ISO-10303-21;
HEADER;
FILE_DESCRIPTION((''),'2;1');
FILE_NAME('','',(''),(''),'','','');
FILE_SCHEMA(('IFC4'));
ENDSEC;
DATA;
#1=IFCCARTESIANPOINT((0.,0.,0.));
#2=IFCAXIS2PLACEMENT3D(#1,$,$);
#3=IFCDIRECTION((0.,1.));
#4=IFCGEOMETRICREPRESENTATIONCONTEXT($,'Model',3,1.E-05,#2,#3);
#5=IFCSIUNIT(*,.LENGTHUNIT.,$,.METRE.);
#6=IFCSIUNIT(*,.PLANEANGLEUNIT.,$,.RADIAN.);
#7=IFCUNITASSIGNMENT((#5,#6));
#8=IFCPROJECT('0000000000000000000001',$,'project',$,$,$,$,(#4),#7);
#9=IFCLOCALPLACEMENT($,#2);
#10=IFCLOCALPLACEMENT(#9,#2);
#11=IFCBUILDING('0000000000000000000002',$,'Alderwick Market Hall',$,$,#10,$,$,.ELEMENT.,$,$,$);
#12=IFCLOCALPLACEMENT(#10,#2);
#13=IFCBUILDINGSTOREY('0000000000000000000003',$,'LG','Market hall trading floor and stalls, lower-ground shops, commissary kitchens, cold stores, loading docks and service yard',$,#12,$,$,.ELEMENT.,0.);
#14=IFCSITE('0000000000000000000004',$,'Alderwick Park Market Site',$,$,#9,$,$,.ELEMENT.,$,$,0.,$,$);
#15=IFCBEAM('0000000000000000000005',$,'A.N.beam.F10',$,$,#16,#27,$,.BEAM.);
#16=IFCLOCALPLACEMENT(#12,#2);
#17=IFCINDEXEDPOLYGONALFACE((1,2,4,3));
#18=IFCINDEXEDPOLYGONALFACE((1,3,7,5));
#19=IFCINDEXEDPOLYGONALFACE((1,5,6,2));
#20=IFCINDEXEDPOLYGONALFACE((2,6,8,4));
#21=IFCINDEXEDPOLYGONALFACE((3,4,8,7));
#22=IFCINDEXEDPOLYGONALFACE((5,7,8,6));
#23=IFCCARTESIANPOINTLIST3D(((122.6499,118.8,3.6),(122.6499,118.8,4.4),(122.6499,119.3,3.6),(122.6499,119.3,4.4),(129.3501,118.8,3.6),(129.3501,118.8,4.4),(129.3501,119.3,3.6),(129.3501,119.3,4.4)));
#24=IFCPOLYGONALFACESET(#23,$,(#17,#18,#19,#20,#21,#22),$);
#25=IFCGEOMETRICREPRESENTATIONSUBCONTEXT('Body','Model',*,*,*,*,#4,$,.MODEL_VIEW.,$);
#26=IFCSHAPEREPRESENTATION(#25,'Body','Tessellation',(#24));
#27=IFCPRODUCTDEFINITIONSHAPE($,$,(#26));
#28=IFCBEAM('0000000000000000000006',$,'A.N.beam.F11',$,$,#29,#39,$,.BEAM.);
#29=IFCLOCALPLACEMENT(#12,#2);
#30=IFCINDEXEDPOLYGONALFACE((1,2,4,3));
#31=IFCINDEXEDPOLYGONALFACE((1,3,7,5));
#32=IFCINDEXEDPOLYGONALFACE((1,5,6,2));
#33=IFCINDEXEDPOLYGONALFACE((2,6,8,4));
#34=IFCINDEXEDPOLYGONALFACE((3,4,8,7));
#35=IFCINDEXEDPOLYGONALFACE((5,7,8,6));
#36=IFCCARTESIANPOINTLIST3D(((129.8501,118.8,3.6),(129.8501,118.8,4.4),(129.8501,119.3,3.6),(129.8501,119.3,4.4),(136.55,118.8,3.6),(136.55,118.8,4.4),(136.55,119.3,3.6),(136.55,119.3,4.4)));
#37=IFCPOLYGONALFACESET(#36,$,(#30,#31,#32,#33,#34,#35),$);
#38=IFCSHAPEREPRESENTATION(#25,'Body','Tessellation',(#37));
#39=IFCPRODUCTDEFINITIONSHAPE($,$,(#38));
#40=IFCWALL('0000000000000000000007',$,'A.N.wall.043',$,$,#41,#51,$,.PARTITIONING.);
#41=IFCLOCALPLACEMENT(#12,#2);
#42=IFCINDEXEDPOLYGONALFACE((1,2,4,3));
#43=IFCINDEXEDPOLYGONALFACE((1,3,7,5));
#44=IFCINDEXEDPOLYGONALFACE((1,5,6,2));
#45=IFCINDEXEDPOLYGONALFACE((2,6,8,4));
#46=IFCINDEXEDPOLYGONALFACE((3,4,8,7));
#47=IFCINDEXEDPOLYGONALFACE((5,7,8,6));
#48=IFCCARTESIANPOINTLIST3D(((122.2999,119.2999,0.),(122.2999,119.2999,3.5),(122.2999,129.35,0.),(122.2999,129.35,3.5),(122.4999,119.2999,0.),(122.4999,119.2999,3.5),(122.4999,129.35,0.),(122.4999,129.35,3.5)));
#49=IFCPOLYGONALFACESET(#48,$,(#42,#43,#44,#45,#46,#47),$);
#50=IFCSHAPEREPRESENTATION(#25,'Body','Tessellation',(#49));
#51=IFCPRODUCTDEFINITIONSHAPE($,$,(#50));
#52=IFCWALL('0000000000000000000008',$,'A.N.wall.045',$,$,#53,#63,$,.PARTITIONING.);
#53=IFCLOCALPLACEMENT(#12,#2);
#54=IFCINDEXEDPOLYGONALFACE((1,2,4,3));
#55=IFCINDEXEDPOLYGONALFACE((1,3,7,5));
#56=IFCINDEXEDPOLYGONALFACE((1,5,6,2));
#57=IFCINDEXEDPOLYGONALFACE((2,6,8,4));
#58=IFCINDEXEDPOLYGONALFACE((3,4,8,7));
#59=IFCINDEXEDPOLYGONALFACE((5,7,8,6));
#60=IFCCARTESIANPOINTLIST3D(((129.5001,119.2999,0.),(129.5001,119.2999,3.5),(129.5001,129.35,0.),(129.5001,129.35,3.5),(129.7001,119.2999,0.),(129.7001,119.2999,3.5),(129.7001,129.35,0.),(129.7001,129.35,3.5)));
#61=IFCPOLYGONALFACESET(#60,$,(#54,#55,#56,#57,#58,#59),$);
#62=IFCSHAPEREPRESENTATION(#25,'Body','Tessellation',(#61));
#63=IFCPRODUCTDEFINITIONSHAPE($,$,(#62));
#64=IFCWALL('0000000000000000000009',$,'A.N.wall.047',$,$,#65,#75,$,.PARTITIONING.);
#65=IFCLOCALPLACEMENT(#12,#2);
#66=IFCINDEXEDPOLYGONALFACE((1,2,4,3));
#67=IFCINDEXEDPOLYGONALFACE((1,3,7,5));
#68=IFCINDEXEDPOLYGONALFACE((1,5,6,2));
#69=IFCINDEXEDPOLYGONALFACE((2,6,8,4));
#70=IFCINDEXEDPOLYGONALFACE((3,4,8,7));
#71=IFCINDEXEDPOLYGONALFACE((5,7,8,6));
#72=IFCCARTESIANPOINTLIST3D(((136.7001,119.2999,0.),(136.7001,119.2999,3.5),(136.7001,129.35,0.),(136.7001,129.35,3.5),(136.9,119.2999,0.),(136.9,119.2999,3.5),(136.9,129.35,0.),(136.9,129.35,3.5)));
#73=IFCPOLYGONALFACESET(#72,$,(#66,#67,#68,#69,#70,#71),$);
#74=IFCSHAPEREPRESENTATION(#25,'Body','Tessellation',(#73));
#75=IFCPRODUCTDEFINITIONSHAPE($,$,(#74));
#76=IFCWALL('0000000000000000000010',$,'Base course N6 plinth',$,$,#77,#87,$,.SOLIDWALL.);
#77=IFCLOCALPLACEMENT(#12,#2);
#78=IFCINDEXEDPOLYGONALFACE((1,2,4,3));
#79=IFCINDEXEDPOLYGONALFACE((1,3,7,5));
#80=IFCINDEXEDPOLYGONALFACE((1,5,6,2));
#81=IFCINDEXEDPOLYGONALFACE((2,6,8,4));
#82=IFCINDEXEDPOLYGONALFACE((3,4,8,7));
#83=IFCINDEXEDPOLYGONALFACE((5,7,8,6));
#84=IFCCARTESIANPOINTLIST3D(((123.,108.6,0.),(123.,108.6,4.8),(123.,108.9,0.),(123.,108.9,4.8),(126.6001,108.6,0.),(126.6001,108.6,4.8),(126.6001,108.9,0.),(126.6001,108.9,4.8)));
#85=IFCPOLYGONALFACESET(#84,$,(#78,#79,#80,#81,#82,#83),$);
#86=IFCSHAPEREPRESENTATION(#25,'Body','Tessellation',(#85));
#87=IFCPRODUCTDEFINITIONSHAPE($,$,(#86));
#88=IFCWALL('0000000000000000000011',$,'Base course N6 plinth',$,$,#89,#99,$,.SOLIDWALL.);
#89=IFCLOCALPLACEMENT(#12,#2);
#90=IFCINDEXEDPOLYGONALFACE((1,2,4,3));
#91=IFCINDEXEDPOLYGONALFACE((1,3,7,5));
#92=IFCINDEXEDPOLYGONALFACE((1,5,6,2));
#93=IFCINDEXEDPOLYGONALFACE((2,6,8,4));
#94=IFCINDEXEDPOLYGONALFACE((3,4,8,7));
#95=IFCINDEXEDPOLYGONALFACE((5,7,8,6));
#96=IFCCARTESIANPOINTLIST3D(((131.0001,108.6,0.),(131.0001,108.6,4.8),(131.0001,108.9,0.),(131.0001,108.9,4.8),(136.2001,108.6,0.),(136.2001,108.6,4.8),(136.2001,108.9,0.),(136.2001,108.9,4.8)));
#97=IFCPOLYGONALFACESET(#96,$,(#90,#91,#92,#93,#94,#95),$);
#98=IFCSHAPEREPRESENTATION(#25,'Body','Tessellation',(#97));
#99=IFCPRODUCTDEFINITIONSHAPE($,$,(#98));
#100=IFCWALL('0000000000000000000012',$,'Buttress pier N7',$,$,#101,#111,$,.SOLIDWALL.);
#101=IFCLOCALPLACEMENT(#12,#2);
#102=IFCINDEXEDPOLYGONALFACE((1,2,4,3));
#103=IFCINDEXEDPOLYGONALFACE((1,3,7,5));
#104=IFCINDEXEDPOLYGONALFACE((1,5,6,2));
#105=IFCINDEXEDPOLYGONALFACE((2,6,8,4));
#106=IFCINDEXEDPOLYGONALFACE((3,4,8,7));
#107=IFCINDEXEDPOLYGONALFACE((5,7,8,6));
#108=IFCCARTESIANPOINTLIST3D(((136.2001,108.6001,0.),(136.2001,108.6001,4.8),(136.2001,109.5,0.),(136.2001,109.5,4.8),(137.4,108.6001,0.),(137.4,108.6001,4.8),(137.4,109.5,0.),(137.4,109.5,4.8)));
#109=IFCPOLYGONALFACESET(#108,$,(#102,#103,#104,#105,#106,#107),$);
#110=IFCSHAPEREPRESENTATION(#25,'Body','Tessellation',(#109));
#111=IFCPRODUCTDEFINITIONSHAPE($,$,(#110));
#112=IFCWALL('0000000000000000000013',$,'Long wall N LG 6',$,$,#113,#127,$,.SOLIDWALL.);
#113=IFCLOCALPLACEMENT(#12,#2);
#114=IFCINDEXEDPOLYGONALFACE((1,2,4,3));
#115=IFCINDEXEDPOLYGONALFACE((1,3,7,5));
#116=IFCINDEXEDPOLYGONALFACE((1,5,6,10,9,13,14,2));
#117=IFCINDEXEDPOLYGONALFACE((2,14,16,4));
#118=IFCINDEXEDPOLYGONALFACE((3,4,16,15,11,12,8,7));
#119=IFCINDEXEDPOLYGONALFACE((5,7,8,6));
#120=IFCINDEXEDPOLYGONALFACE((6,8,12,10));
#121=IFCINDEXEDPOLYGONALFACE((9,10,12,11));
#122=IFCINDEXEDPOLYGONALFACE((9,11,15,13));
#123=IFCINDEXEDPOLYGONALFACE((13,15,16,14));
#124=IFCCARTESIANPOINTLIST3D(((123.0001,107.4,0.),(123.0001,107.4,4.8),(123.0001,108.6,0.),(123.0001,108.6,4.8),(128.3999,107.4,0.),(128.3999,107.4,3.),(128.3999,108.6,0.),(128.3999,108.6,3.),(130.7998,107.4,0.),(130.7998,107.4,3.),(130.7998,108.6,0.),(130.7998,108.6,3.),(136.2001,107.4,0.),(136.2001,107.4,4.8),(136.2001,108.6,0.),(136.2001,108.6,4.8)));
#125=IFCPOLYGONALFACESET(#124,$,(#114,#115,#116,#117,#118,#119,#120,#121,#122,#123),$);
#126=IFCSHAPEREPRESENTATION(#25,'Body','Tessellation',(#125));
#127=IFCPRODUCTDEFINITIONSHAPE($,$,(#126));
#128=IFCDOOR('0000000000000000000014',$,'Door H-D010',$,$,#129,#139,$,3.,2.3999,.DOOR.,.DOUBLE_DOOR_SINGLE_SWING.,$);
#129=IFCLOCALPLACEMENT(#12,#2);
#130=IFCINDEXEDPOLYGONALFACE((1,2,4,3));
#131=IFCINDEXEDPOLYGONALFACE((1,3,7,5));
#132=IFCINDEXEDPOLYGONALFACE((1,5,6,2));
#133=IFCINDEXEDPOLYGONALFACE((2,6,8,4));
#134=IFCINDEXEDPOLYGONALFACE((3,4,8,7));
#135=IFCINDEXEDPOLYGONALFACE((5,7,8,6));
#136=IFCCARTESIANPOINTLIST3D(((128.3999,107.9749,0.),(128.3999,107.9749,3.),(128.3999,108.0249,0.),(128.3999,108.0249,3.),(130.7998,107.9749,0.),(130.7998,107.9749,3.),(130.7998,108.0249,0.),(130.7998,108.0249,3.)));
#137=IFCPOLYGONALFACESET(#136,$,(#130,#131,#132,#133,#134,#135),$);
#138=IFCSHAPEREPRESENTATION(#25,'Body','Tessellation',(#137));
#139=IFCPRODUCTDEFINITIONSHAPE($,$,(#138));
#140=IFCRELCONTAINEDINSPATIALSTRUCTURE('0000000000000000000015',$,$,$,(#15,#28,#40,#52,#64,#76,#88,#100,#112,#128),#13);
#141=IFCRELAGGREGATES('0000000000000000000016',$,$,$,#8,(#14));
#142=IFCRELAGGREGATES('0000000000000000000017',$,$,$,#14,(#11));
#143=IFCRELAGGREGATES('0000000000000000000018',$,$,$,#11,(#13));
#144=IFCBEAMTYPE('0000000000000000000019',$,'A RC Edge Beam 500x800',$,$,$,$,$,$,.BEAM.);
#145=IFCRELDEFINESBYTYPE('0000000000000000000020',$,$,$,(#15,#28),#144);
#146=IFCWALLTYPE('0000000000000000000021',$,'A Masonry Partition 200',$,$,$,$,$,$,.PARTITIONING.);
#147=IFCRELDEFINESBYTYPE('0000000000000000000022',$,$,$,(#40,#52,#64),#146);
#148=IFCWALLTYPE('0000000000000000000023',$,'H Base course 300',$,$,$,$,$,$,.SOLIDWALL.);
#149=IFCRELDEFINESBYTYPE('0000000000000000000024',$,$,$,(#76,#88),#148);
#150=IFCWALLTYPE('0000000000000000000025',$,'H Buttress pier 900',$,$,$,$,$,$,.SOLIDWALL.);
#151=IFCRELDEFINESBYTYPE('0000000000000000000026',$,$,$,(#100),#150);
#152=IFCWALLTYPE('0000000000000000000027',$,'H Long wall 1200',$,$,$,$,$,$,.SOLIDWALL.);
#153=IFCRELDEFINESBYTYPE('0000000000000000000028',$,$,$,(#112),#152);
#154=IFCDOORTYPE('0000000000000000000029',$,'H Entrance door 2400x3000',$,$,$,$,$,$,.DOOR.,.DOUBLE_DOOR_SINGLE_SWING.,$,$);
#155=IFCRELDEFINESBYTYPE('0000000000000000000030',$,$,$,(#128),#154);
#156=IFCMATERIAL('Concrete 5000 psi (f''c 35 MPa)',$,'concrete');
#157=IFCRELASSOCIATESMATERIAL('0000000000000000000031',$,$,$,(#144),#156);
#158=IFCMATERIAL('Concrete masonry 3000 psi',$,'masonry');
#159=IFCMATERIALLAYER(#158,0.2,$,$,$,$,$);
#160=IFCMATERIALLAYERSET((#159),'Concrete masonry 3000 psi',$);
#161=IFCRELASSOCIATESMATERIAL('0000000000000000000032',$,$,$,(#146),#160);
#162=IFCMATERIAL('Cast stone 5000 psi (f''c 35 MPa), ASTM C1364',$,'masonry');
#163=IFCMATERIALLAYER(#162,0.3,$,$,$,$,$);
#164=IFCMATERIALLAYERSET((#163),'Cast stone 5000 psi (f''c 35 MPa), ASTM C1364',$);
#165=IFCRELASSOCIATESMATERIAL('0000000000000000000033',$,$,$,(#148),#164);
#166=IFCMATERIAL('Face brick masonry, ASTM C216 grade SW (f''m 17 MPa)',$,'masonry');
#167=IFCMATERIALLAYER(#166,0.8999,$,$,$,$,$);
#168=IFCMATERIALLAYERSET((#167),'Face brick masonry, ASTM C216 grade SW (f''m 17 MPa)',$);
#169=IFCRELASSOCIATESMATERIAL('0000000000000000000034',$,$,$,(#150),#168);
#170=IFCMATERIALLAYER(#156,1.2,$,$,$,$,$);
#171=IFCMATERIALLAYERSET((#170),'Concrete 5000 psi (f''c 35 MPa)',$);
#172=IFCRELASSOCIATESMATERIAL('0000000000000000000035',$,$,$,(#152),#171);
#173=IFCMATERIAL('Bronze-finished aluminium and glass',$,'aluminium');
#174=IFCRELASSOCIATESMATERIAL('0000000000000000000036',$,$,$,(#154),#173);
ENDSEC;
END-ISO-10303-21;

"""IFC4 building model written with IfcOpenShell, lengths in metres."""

from ifc_helpers import new_model, si_unit, direction, frame, frame_2d, origin, origin_2d, place, context, subcontext, project, spatial, rectangle, extrude, material, layer, layer_set, material_profile, profile_set, type_object, element, fill, save


model = new_model("IFC4")

# Units and contexts
model_context = context("Model", 3, precision=1e-05, world=origin(), true_north=direction((0.0, 1.0)))
body_context = subcontext(model_context, "Body", "Model", "MODEL_VIEW")
ifc_project = project(units=[si_unit("LENGTHUNIT", "METRE"), si_unit("PLANEANGLEUNIT", "RADIAN")], contexts=[model_context])

# Site, building, storey
site_placement = place(None, origin())
site = spatial("IfcSite", under=ifc_project, at=site_placement, Name="Alderwick Park Market Site", CompositionType="ELEMENT", RefElevation=0.0)
building_placement = place(site_placement, origin())
building = spatial("IfcBuilding", under=site, at=building_placement, Name="Alderwick Market Hall", CompositionType="ELEMENT")
storey_placement = place(building_placement, origin())
storey = spatial("IfcBuildingStorey", under=building, at=storey_placement, Name="LG", Description="Market hall trading floor and stalls, lower-ground shops, commissary kitchens, cold stores, loading docks and service yard", CompositionType="ELEMENT", Elevation=0.0)

# Shared definitions
ifc_material_1 = material(Name="Concrete 5000 psi (f'c 35 MPa)", Category="concrete")

# Beams
ifc_material_profile_1 = material_profile(ifc_material_1, rectangle(XDim=0.5, YDim=0.8, at=origin_2d()), Name="A RC Edge Beam 500x800")
ifc_profile_set_1 = profile_set([ifc_material_profile_1], Name="Concrete 5000 psi (f'c 35 MPa)")
beam_type_1 = type_object("IfcBeamType", Name="A RC Edge Beam 500x800", PredefinedType="BEAM", material=ifc_profile_set_1)
beam_1_placement = place(storey_placement, frame((122.6499, 119.05, 4.0), z_axis=(1.0, 0.0, 0.0), x_axis=(0.0, 1.0, 0.0)))
element("IfcBeam", 1, at=beam_1_placement, inside=storey, type_object=beam_type_1, Name="A.N.beam.F10", PredefinedType="BEAM", context=body_context, shape_type="SweptSolid", body=[
    extrude(rectangle(XDim=0.5, YDim=0.8, at=origin_2d()), origin(), (0.0, 0.0, 1.0), 6.7002),
])
beam_2_placement = place(storey_placement, frame((129.8501, 119.05, 4.0), z_axis=(1.0, 0.0, 0.0), x_axis=(0.0, 1.0, 0.0)))
element("IfcBeam", 2, at=beam_2_placement, inside=storey, type_object=beam_type_1, Name="A.N.beam.F11", PredefinedType="BEAM", context=body_context, shape_type="SweptSolid", body=[
    extrude(rectangle(XDim=0.5, YDim=0.8, at=origin_2d()), origin(), (0.0, 0.0, 1.0), 6.7),
])

# Walls
ifc_material_2 = material(Name="Concrete masonry 3000 psi", Category="masonry")
ifc_layer_1 = layer(ifc_material_2, 0.2)
ifc_layer_set_1 = layer_set([ifc_layer_1], Name="Concrete masonry 3000 psi")
wall_type_1 = type_object("IfcWallType", Name="A Masonry Partition 200", PredefinedType="PARTITIONING", material=ifc_layer_set_1)
for number, where, z_axis, x_axis, name in (
    (3, (122.3999, 119.3, 0.0), (0.0, 0.0, 1.0), (0.0, 1.0, 0.0), "A.N.wall.043"),
    (4, (129.6001, 119.3, 0.0), (0.0, 0.0, 1.0), (0.0, 1.0, 0.0), "A.N.wall.045"),
    (5, (136.8, 119.3, 0.0), (0.0, 0.0, 1.0), (0.0, 1.0, 0.0), "A.N.wall.047"),
):
    element("IfcWall", number, at=place(storey_placement, frame(where, z_axis=z_axis, x_axis=x_axis)), inside=storey, type_object=wall_type_1, Name=name, PredefinedType="PARTITIONING", context=body_context, shape_type="SweptSolid", body=[
        extrude(rectangle(XDim=10.05, YDim=0.2, at=frame_2d((5.0249, 0.0))), origin(), (0.0, 0.0, 1.0), 3.5),
    ])
ifc_material_3 = material(Name="Cast stone 5000 psi (f'c 35 MPa), ASTM C1364", Category="masonry")
ifc_layer_2 = layer(ifc_material_3, 0.3)
ifc_layer_set_2 = layer_set([ifc_layer_2], Name="Cast stone 5000 psi (f'c 35 MPa), ASTM C1364")
wall_type_2 = type_object("IfcWallType", Name="H Base course 300", PredefinedType="SOLIDWALL", material=ifc_layer_set_2)
wall_1_placement = place(storey_placement, frame((123.0, 108.75, 0.0), z_axis=(0.0, 0.0, 1.0), x_axis=(1.0, 0.0, 0.0)))
element("IfcWall", 6, at=wall_1_placement, inside=storey, type_object=wall_type_2, Name="Base course N6 plinth", PredefinedType="SOLIDWALL", context=body_context, shape_type="SweptSolid", body=[
    extrude(rectangle(XDim=3.6001, YDim=0.3, at=frame_2d((1.8, 0.0))), origin(), (0.0, 0.0, 1.0), 4.8),
])
wall_2_placement = place(storey_placement, frame((131.0, 108.75, 0.0), z_axis=(0.0, 0.0, 1.0), x_axis=(1.0, 0.0, 0.0)))
element("IfcWall", 7, at=wall_2_placement, inside=storey, type_object=wall_type_2, Name="Base course N6 plinth", PredefinedType="SOLIDWALL", context=body_context, shape_type="SweptSolid", body=[
    extrude(rectangle(XDim=5.2, YDim=0.3, at=frame_2d((2.6001, 0.0))), origin(), (0.0, 0.0, 1.0), 4.8),
])
ifc_material_4 = material(Name="Face brick masonry, ASTM C216 grade SW (f'm 17 MPa)", Category="masonry")
ifc_layer_3 = layer(ifc_material_4, 0.8999)
ifc_layer_set_3 = layer_set([ifc_layer_3], Name="Face brick masonry, ASTM C216 grade SW (f'm 17 MPa)")
wall_type_3 = type_object("IfcWallType", Name="H Buttress pier 900", PredefinedType="SOLIDWALL", material=ifc_layer_set_3)
wall_3_placement = place(storey_placement, frame((136.2, 109.05, 0.0), z_axis=(0.0, 0.0, 1.0), x_axis=(1.0, 0.0, 0.0)))
element("IfcWall", 8, at=wall_3_placement, inside=storey, type_object=wall_type_3, Name="Buttress pier N7", PredefinedType="SOLIDWALL", context=body_context, shape_type="SweptSolid", body=[
    extrude(rectangle(XDim=1.2, YDim=0.8999, at=frame_2d((0.6001, 0.0))), origin(), (0.0, 0.0, 1.0), 4.8),
])

# Wall, opening, door
ifc_layer_4 = layer(ifc_material_1, 1.2)
ifc_layer_set_4 = layer_set([ifc_layer_4], Name="Concrete 5000 psi (f'c 35 MPa)")
wall_type_4 = type_object("IfcWallType", Name="H Long wall 1200", PredefinedType="SOLIDWALL", material=ifc_layer_set_4)
wall_4_placement = place(storey_placement, frame((123.0, 108.0, 0.0), z_axis=(0.0, 0.0, 1.0), x_axis=(1.0, 0.0, 0.0)))
wall_4 = element("IfcWall", 9, at=wall_4_placement, inside=storey, type_object=wall_type_4, Name="Long wall N LG 6", PredefinedType="SOLIDWALL", context=body_context, shape_type="SweptSolid", body=[
    extrude(rectangle(XDim=13.2, YDim=1.2, at=frame_2d((6.6001, 0.0))), origin(), (0.0, 0.0, 1.0), 4.8),
])
opening_1_placement = place(wall_4_placement, frame((5.3999, 0.0, 0.0)))
opening_1 = element("IfcOpeningElement", 10, at=opening_1_placement, cuts=wall_4, PredefinedType="OPENING", context=body_context, shape_type="SweptSolid", body=[
    extrude(rectangle(XDim=2.3999, YDim=3.0, at=frame_2d((1.2, 1.5))), frame((0.0, 0.6099, 0.0), z_axis=(0.0, -1.0, 0.0), x_axis=(1.0, 0.0, 0.0)), (0.0, 0.0, 1.0), 1.22),
])
ifc_material_5 = material(Name="Bronze-finished aluminium and glass", Category="aluminium")
door_type_1 = type_object("IfcDoorType", Name="H Entrance door 2400x3000", OperationType="DOUBLE_DOOR_SINGLE_SWING", PredefinedType="DOOR", material=ifc_material_5)
door_1_placement = place(opening_1_placement, origin())
door_1 = element("IfcDoor", 11, at=door_1_placement, inside=storey, type_object=door_type_1, Name="Door H-D010", OperationType="DOUBLE_DOOR_SINGLE_SWING", OverallHeight=3.0, OverallWidth=2.3999, PredefinedType="DOOR", context=body_context, shape_type="SweptSolid", body=[
    extrude(rectangle(XDim=2.3999, YDim=3.0, at=frame_2d((1.2, 1.5))), frame((0.0, 0.0249, 0.0), z_axis=(0.0, -1.0, 0.0), x_axis=(1.0, 0.0, 0.0)), (0.0, 0.0, 1.0), 0.05),
])
fill(opening_1, door_1)

save(model, "model.ifc")
